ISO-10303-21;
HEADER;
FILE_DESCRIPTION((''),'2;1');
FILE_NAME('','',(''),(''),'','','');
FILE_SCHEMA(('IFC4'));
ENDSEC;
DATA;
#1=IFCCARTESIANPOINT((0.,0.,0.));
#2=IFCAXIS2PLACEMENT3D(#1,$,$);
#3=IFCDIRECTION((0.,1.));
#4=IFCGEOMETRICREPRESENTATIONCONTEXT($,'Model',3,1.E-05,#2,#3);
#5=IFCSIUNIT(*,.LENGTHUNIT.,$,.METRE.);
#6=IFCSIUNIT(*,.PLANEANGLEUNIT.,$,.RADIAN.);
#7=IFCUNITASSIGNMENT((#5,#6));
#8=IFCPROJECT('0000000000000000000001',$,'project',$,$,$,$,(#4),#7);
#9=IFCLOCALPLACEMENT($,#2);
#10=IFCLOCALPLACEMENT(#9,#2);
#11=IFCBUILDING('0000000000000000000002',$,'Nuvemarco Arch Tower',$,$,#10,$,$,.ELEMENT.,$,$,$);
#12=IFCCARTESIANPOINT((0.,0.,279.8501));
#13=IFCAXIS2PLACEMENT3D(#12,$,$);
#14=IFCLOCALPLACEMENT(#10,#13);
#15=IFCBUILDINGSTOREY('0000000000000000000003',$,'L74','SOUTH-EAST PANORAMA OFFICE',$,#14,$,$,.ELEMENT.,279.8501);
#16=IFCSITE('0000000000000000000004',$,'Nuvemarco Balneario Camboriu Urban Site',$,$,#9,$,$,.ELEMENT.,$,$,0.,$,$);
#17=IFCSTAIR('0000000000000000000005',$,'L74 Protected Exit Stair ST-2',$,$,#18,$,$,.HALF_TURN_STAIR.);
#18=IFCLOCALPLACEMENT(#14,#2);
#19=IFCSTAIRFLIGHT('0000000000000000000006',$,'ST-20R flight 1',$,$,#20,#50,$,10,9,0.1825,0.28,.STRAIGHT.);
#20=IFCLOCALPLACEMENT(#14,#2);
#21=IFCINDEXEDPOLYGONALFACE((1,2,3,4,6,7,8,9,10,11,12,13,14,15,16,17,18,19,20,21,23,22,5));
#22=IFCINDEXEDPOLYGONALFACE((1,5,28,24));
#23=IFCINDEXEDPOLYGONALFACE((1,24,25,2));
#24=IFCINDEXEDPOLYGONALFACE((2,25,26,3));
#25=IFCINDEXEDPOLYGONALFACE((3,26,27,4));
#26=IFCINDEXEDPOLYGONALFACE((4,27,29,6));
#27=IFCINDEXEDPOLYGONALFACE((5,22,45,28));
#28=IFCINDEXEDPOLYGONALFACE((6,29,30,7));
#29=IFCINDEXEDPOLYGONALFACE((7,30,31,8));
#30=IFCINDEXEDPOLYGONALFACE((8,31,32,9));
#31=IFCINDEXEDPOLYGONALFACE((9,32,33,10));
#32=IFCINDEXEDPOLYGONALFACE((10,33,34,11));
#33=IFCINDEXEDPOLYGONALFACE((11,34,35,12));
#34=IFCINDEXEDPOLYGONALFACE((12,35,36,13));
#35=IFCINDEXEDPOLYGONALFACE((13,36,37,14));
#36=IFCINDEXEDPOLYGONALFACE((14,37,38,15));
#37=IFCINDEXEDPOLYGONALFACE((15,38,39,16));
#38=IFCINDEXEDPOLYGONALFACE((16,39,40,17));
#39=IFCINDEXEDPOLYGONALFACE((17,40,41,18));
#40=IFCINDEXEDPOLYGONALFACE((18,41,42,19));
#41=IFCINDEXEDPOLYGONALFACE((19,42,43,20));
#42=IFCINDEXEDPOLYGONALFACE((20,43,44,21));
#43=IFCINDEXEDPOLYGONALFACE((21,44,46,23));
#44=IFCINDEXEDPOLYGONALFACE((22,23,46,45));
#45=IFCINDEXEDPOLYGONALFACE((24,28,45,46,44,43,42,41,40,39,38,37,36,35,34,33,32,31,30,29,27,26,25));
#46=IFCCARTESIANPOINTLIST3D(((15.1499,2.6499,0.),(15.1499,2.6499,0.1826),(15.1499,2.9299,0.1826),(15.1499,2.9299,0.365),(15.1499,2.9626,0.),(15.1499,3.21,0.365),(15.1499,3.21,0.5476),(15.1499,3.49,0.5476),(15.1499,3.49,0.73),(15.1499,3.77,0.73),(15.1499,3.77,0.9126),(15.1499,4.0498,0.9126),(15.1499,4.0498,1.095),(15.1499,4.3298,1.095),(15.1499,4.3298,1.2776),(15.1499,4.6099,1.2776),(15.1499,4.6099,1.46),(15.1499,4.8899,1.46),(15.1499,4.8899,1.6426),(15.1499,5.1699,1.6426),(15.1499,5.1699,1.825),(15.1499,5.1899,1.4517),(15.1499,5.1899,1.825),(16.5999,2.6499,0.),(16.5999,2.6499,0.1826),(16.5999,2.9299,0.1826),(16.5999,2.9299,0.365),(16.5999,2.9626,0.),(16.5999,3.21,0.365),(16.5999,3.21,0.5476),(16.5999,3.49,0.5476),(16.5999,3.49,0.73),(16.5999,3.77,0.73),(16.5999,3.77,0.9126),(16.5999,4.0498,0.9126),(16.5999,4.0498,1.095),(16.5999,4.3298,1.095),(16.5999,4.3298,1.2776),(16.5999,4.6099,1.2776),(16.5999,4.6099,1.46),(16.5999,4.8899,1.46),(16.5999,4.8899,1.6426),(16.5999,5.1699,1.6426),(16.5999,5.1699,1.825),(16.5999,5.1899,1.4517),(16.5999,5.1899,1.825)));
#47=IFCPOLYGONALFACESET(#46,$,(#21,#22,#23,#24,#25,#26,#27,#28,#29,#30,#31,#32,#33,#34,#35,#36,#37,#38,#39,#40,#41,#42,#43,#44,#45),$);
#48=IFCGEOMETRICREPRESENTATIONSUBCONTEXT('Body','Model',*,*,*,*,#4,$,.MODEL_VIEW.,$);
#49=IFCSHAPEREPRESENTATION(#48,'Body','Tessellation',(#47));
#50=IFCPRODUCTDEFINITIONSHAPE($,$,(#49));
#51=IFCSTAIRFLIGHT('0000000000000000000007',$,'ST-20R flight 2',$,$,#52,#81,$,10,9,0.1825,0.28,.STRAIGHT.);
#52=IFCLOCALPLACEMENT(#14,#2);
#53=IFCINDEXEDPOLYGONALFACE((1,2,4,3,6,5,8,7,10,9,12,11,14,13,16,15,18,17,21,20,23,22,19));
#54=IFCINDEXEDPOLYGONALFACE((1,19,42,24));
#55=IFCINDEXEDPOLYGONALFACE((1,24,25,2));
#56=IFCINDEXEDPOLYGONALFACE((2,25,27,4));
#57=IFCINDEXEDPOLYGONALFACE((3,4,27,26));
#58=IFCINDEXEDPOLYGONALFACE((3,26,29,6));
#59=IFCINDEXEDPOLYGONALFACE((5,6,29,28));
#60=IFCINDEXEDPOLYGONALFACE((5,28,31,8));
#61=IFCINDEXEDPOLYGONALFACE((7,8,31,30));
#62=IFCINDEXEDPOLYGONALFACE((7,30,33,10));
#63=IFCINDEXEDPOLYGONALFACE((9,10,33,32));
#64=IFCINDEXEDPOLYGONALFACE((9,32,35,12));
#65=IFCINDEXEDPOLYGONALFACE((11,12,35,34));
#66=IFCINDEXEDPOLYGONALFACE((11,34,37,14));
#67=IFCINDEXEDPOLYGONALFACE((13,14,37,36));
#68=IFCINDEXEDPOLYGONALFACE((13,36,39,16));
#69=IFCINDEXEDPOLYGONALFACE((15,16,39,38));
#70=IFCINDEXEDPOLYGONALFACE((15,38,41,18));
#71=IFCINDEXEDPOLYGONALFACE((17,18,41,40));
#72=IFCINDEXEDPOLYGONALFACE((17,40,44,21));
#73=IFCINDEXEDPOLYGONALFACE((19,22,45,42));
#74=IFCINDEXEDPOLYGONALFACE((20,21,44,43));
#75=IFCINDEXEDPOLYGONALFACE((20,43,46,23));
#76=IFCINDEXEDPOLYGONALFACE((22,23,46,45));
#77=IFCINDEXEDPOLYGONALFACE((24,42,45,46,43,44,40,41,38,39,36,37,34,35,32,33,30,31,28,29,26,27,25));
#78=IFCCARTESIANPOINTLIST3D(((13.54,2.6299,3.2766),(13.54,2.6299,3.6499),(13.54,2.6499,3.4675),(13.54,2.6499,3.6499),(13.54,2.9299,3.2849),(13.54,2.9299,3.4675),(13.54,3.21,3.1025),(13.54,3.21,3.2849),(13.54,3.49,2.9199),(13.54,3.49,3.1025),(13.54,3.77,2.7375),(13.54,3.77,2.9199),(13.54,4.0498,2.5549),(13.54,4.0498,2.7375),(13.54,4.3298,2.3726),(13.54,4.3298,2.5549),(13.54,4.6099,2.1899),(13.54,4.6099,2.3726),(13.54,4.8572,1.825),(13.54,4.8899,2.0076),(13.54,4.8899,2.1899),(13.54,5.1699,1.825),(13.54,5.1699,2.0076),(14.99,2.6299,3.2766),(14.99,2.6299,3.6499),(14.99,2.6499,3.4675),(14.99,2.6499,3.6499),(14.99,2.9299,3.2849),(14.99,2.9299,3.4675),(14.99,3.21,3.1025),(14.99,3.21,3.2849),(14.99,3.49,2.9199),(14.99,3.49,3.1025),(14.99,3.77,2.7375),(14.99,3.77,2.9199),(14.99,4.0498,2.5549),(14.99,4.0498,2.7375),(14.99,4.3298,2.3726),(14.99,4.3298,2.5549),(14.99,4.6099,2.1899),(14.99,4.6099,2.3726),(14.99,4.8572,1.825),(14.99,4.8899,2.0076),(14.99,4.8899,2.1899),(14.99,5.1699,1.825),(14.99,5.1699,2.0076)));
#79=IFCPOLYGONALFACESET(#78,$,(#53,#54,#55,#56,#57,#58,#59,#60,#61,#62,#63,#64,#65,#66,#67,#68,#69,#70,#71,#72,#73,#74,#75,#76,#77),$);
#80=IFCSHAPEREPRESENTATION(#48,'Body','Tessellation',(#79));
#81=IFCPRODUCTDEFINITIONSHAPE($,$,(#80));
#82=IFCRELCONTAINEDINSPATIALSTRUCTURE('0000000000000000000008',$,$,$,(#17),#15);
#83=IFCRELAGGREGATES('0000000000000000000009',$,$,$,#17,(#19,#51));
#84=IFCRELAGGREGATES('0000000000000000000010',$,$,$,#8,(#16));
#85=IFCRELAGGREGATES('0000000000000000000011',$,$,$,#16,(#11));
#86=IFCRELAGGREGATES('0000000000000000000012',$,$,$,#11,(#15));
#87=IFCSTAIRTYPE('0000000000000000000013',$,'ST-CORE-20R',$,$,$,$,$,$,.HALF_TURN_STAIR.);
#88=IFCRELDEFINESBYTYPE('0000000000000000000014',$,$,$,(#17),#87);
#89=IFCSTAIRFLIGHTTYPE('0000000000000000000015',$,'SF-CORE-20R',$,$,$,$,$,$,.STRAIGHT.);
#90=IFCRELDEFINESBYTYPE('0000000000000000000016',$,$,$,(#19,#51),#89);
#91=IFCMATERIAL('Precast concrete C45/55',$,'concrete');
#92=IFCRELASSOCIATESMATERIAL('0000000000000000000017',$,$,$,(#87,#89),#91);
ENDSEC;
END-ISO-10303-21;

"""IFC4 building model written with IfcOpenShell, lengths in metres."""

from ifc_helpers import new_model, si_unit, direction, frame, origin, place, context, subcontext, project, spatial, polyline, outline, extrude, material, type_object, element, aggregate, save


model = new_model("IFC4")

# Units and contexts
model_context = context("Model", 3, precision=1e-05, world=origin(), true_north=direction((0.0, 1.0)))
body_context = subcontext(model_context, "Body", "Model", "MODEL_VIEW")
ifc_project = project(units=[si_unit("LENGTHUNIT", "METRE"), si_unit("PLANEANGLEUNIT", "RADIAN")], contexts=[model_context])

# Site, building, storey
site_placement = place(None, origin())
site = spatial("IfcSite", under=ifc_project, at=site_placement, Name="Nuvemarco Balneario Camboriu Urban Site", CompositionType="ELEMENT", RefElevation=0.0)
building_placement = place(site_placement, origin())
building = spatial("IfcBuilding", under=site, at=building_placement, Name="Nuvemarco Arch Tower", CompositionType="ELEMENT")
storey_placement = place(building_placement, frame((0.0, 0.0, 279.8501)))
storey = spatial("IfcBuildingStorey", under=building, at=storey_placement, Name="L74", Description="SOUTH-EAST PANORAMA OFFICE", CompositionType="ELEMENT", Elevation=279.8501)

# Shared definitions
ifc_material_1 = material(Name="Precast concrete C45/55", Category="concrete")

# Stair, stair flights
stair_type = type_object("IfcStairType", Name="ST-CORE-20R", PredefinedType="HALF_TURN_STAIR", material=ifc_material_1)
stair_placement = place(storey_placement, origin())
stair = element("IfcStair", 1, at=stair_placement, inside=storey, type_object=stair_type, Name="L74 Protected Exit Stair ST-2", PredefinedType="HALF_TURN_STAIR")
stair_flight_type = type_object("IfcStairFlightType", Name="SF-CORE-20R", PredefinedType="STRAIGHT", material=ifc_material_1)
stair_flight_1_placement = place(storey_placement, frame((15.875, 2.6499, 0.0), z_axis=(0.0, 0.0, 1.0), x_axis=(0.0, 1.0, 0.0)))
stair_flight_1 = element("IfcStairFlight", 2, at=stair_flight_1_placement, type_object=stair_flight_type, Name="ST-20R flight 1", NumberOfRisers=10, NumberOfTreads=9, PredefinedType="STRAIGHT", RiserHeight=0.1825, TreadLength=0.28, context=body_context, shape_type="SweptSolid", body=[
    extrude(outline(polyline([(0.0, 0.0), (0.0, 0.1826), (0.28, 0.1826), (0.28, 0.365), (0.5601, 0.365), (0.5601, 0.5476), (0.8401, 0.5476), (0.8401, 0.73), (1.1201, 0.73), (1.1201, 0.9126), (1.3999, 0.9126), (1.3999, 1.095), (1.6799, 1.095), (1.6799, 1.2776), (1.96, 1.2776), (1.96, 1.46), (2.24, 1.46), (2.24, 1.6426), (2.52, 1.6426), (2.52, 1.825), (2.54, 1.825), (2.54, 1.4517), (0.3127, 0.0), (0.0, 0.0)])), frame((0.0, 0.7251, 0.0), z_axis=(0.0, -1.0, 0.0), x_axis=(1.0, 0.0, 0.0)), (0.0, 0.0, 1.0), 1.45),
])
stair_flight_2_placement = place(storey_placement, frame((14.2649, 5.1699, 1.825), z_axis=(0.0, 0.0, 1.0), x_axis=(0.0, -1.0, 0.0)))
stair_flight_2 = element("IfcStairFlight", 3, at=stair_flight_2_placement, type_object=stair_flight_type, Name="ST-20R flight 2", NumberOfRisers=10, NumberOfTreads=9, PredefinedType="STRAIGHT", RiserHeight=0.1825, TreadLength=0.28, context=body_context, shape_type="SweptSolid", body=[
    extrude(outline(polyline([(0.0, 0.0), (0.0, 0.1826), (0.28, 0.1826), (0.28, 0.365), (0.5601, 0.365), (0.5601, 0.5476), (0.8401, 0.5476), (0.8401, 0.73), (1.1201, 0.73), (1.1201, 0.9126), (1.3999, 0.9126), (1.3999, 1.095), (1.6799, 1.095), (1.6799, 1.2776), (1.96, 1.2776), (1.96, 1.46), (2.24, 1.46), (2.24, 1.6426), (2.52, 1.6426), (2.52, 1.825), (2.54, 1.825), (2.54, 1.4517), (0.3127, 0.0), (0.0, 0.0)])), frame((0.0, 0.7251, 0.0), z_axis=(0.0, -1.0, 0.0), x_axis=(1.0, 0.0, 0.0)), (0.0, 0.0, 1.0), 1.45),
])
aggregate(stair, [stair_flight_1, stair_flight_2])

save(model, "model.ifc")
